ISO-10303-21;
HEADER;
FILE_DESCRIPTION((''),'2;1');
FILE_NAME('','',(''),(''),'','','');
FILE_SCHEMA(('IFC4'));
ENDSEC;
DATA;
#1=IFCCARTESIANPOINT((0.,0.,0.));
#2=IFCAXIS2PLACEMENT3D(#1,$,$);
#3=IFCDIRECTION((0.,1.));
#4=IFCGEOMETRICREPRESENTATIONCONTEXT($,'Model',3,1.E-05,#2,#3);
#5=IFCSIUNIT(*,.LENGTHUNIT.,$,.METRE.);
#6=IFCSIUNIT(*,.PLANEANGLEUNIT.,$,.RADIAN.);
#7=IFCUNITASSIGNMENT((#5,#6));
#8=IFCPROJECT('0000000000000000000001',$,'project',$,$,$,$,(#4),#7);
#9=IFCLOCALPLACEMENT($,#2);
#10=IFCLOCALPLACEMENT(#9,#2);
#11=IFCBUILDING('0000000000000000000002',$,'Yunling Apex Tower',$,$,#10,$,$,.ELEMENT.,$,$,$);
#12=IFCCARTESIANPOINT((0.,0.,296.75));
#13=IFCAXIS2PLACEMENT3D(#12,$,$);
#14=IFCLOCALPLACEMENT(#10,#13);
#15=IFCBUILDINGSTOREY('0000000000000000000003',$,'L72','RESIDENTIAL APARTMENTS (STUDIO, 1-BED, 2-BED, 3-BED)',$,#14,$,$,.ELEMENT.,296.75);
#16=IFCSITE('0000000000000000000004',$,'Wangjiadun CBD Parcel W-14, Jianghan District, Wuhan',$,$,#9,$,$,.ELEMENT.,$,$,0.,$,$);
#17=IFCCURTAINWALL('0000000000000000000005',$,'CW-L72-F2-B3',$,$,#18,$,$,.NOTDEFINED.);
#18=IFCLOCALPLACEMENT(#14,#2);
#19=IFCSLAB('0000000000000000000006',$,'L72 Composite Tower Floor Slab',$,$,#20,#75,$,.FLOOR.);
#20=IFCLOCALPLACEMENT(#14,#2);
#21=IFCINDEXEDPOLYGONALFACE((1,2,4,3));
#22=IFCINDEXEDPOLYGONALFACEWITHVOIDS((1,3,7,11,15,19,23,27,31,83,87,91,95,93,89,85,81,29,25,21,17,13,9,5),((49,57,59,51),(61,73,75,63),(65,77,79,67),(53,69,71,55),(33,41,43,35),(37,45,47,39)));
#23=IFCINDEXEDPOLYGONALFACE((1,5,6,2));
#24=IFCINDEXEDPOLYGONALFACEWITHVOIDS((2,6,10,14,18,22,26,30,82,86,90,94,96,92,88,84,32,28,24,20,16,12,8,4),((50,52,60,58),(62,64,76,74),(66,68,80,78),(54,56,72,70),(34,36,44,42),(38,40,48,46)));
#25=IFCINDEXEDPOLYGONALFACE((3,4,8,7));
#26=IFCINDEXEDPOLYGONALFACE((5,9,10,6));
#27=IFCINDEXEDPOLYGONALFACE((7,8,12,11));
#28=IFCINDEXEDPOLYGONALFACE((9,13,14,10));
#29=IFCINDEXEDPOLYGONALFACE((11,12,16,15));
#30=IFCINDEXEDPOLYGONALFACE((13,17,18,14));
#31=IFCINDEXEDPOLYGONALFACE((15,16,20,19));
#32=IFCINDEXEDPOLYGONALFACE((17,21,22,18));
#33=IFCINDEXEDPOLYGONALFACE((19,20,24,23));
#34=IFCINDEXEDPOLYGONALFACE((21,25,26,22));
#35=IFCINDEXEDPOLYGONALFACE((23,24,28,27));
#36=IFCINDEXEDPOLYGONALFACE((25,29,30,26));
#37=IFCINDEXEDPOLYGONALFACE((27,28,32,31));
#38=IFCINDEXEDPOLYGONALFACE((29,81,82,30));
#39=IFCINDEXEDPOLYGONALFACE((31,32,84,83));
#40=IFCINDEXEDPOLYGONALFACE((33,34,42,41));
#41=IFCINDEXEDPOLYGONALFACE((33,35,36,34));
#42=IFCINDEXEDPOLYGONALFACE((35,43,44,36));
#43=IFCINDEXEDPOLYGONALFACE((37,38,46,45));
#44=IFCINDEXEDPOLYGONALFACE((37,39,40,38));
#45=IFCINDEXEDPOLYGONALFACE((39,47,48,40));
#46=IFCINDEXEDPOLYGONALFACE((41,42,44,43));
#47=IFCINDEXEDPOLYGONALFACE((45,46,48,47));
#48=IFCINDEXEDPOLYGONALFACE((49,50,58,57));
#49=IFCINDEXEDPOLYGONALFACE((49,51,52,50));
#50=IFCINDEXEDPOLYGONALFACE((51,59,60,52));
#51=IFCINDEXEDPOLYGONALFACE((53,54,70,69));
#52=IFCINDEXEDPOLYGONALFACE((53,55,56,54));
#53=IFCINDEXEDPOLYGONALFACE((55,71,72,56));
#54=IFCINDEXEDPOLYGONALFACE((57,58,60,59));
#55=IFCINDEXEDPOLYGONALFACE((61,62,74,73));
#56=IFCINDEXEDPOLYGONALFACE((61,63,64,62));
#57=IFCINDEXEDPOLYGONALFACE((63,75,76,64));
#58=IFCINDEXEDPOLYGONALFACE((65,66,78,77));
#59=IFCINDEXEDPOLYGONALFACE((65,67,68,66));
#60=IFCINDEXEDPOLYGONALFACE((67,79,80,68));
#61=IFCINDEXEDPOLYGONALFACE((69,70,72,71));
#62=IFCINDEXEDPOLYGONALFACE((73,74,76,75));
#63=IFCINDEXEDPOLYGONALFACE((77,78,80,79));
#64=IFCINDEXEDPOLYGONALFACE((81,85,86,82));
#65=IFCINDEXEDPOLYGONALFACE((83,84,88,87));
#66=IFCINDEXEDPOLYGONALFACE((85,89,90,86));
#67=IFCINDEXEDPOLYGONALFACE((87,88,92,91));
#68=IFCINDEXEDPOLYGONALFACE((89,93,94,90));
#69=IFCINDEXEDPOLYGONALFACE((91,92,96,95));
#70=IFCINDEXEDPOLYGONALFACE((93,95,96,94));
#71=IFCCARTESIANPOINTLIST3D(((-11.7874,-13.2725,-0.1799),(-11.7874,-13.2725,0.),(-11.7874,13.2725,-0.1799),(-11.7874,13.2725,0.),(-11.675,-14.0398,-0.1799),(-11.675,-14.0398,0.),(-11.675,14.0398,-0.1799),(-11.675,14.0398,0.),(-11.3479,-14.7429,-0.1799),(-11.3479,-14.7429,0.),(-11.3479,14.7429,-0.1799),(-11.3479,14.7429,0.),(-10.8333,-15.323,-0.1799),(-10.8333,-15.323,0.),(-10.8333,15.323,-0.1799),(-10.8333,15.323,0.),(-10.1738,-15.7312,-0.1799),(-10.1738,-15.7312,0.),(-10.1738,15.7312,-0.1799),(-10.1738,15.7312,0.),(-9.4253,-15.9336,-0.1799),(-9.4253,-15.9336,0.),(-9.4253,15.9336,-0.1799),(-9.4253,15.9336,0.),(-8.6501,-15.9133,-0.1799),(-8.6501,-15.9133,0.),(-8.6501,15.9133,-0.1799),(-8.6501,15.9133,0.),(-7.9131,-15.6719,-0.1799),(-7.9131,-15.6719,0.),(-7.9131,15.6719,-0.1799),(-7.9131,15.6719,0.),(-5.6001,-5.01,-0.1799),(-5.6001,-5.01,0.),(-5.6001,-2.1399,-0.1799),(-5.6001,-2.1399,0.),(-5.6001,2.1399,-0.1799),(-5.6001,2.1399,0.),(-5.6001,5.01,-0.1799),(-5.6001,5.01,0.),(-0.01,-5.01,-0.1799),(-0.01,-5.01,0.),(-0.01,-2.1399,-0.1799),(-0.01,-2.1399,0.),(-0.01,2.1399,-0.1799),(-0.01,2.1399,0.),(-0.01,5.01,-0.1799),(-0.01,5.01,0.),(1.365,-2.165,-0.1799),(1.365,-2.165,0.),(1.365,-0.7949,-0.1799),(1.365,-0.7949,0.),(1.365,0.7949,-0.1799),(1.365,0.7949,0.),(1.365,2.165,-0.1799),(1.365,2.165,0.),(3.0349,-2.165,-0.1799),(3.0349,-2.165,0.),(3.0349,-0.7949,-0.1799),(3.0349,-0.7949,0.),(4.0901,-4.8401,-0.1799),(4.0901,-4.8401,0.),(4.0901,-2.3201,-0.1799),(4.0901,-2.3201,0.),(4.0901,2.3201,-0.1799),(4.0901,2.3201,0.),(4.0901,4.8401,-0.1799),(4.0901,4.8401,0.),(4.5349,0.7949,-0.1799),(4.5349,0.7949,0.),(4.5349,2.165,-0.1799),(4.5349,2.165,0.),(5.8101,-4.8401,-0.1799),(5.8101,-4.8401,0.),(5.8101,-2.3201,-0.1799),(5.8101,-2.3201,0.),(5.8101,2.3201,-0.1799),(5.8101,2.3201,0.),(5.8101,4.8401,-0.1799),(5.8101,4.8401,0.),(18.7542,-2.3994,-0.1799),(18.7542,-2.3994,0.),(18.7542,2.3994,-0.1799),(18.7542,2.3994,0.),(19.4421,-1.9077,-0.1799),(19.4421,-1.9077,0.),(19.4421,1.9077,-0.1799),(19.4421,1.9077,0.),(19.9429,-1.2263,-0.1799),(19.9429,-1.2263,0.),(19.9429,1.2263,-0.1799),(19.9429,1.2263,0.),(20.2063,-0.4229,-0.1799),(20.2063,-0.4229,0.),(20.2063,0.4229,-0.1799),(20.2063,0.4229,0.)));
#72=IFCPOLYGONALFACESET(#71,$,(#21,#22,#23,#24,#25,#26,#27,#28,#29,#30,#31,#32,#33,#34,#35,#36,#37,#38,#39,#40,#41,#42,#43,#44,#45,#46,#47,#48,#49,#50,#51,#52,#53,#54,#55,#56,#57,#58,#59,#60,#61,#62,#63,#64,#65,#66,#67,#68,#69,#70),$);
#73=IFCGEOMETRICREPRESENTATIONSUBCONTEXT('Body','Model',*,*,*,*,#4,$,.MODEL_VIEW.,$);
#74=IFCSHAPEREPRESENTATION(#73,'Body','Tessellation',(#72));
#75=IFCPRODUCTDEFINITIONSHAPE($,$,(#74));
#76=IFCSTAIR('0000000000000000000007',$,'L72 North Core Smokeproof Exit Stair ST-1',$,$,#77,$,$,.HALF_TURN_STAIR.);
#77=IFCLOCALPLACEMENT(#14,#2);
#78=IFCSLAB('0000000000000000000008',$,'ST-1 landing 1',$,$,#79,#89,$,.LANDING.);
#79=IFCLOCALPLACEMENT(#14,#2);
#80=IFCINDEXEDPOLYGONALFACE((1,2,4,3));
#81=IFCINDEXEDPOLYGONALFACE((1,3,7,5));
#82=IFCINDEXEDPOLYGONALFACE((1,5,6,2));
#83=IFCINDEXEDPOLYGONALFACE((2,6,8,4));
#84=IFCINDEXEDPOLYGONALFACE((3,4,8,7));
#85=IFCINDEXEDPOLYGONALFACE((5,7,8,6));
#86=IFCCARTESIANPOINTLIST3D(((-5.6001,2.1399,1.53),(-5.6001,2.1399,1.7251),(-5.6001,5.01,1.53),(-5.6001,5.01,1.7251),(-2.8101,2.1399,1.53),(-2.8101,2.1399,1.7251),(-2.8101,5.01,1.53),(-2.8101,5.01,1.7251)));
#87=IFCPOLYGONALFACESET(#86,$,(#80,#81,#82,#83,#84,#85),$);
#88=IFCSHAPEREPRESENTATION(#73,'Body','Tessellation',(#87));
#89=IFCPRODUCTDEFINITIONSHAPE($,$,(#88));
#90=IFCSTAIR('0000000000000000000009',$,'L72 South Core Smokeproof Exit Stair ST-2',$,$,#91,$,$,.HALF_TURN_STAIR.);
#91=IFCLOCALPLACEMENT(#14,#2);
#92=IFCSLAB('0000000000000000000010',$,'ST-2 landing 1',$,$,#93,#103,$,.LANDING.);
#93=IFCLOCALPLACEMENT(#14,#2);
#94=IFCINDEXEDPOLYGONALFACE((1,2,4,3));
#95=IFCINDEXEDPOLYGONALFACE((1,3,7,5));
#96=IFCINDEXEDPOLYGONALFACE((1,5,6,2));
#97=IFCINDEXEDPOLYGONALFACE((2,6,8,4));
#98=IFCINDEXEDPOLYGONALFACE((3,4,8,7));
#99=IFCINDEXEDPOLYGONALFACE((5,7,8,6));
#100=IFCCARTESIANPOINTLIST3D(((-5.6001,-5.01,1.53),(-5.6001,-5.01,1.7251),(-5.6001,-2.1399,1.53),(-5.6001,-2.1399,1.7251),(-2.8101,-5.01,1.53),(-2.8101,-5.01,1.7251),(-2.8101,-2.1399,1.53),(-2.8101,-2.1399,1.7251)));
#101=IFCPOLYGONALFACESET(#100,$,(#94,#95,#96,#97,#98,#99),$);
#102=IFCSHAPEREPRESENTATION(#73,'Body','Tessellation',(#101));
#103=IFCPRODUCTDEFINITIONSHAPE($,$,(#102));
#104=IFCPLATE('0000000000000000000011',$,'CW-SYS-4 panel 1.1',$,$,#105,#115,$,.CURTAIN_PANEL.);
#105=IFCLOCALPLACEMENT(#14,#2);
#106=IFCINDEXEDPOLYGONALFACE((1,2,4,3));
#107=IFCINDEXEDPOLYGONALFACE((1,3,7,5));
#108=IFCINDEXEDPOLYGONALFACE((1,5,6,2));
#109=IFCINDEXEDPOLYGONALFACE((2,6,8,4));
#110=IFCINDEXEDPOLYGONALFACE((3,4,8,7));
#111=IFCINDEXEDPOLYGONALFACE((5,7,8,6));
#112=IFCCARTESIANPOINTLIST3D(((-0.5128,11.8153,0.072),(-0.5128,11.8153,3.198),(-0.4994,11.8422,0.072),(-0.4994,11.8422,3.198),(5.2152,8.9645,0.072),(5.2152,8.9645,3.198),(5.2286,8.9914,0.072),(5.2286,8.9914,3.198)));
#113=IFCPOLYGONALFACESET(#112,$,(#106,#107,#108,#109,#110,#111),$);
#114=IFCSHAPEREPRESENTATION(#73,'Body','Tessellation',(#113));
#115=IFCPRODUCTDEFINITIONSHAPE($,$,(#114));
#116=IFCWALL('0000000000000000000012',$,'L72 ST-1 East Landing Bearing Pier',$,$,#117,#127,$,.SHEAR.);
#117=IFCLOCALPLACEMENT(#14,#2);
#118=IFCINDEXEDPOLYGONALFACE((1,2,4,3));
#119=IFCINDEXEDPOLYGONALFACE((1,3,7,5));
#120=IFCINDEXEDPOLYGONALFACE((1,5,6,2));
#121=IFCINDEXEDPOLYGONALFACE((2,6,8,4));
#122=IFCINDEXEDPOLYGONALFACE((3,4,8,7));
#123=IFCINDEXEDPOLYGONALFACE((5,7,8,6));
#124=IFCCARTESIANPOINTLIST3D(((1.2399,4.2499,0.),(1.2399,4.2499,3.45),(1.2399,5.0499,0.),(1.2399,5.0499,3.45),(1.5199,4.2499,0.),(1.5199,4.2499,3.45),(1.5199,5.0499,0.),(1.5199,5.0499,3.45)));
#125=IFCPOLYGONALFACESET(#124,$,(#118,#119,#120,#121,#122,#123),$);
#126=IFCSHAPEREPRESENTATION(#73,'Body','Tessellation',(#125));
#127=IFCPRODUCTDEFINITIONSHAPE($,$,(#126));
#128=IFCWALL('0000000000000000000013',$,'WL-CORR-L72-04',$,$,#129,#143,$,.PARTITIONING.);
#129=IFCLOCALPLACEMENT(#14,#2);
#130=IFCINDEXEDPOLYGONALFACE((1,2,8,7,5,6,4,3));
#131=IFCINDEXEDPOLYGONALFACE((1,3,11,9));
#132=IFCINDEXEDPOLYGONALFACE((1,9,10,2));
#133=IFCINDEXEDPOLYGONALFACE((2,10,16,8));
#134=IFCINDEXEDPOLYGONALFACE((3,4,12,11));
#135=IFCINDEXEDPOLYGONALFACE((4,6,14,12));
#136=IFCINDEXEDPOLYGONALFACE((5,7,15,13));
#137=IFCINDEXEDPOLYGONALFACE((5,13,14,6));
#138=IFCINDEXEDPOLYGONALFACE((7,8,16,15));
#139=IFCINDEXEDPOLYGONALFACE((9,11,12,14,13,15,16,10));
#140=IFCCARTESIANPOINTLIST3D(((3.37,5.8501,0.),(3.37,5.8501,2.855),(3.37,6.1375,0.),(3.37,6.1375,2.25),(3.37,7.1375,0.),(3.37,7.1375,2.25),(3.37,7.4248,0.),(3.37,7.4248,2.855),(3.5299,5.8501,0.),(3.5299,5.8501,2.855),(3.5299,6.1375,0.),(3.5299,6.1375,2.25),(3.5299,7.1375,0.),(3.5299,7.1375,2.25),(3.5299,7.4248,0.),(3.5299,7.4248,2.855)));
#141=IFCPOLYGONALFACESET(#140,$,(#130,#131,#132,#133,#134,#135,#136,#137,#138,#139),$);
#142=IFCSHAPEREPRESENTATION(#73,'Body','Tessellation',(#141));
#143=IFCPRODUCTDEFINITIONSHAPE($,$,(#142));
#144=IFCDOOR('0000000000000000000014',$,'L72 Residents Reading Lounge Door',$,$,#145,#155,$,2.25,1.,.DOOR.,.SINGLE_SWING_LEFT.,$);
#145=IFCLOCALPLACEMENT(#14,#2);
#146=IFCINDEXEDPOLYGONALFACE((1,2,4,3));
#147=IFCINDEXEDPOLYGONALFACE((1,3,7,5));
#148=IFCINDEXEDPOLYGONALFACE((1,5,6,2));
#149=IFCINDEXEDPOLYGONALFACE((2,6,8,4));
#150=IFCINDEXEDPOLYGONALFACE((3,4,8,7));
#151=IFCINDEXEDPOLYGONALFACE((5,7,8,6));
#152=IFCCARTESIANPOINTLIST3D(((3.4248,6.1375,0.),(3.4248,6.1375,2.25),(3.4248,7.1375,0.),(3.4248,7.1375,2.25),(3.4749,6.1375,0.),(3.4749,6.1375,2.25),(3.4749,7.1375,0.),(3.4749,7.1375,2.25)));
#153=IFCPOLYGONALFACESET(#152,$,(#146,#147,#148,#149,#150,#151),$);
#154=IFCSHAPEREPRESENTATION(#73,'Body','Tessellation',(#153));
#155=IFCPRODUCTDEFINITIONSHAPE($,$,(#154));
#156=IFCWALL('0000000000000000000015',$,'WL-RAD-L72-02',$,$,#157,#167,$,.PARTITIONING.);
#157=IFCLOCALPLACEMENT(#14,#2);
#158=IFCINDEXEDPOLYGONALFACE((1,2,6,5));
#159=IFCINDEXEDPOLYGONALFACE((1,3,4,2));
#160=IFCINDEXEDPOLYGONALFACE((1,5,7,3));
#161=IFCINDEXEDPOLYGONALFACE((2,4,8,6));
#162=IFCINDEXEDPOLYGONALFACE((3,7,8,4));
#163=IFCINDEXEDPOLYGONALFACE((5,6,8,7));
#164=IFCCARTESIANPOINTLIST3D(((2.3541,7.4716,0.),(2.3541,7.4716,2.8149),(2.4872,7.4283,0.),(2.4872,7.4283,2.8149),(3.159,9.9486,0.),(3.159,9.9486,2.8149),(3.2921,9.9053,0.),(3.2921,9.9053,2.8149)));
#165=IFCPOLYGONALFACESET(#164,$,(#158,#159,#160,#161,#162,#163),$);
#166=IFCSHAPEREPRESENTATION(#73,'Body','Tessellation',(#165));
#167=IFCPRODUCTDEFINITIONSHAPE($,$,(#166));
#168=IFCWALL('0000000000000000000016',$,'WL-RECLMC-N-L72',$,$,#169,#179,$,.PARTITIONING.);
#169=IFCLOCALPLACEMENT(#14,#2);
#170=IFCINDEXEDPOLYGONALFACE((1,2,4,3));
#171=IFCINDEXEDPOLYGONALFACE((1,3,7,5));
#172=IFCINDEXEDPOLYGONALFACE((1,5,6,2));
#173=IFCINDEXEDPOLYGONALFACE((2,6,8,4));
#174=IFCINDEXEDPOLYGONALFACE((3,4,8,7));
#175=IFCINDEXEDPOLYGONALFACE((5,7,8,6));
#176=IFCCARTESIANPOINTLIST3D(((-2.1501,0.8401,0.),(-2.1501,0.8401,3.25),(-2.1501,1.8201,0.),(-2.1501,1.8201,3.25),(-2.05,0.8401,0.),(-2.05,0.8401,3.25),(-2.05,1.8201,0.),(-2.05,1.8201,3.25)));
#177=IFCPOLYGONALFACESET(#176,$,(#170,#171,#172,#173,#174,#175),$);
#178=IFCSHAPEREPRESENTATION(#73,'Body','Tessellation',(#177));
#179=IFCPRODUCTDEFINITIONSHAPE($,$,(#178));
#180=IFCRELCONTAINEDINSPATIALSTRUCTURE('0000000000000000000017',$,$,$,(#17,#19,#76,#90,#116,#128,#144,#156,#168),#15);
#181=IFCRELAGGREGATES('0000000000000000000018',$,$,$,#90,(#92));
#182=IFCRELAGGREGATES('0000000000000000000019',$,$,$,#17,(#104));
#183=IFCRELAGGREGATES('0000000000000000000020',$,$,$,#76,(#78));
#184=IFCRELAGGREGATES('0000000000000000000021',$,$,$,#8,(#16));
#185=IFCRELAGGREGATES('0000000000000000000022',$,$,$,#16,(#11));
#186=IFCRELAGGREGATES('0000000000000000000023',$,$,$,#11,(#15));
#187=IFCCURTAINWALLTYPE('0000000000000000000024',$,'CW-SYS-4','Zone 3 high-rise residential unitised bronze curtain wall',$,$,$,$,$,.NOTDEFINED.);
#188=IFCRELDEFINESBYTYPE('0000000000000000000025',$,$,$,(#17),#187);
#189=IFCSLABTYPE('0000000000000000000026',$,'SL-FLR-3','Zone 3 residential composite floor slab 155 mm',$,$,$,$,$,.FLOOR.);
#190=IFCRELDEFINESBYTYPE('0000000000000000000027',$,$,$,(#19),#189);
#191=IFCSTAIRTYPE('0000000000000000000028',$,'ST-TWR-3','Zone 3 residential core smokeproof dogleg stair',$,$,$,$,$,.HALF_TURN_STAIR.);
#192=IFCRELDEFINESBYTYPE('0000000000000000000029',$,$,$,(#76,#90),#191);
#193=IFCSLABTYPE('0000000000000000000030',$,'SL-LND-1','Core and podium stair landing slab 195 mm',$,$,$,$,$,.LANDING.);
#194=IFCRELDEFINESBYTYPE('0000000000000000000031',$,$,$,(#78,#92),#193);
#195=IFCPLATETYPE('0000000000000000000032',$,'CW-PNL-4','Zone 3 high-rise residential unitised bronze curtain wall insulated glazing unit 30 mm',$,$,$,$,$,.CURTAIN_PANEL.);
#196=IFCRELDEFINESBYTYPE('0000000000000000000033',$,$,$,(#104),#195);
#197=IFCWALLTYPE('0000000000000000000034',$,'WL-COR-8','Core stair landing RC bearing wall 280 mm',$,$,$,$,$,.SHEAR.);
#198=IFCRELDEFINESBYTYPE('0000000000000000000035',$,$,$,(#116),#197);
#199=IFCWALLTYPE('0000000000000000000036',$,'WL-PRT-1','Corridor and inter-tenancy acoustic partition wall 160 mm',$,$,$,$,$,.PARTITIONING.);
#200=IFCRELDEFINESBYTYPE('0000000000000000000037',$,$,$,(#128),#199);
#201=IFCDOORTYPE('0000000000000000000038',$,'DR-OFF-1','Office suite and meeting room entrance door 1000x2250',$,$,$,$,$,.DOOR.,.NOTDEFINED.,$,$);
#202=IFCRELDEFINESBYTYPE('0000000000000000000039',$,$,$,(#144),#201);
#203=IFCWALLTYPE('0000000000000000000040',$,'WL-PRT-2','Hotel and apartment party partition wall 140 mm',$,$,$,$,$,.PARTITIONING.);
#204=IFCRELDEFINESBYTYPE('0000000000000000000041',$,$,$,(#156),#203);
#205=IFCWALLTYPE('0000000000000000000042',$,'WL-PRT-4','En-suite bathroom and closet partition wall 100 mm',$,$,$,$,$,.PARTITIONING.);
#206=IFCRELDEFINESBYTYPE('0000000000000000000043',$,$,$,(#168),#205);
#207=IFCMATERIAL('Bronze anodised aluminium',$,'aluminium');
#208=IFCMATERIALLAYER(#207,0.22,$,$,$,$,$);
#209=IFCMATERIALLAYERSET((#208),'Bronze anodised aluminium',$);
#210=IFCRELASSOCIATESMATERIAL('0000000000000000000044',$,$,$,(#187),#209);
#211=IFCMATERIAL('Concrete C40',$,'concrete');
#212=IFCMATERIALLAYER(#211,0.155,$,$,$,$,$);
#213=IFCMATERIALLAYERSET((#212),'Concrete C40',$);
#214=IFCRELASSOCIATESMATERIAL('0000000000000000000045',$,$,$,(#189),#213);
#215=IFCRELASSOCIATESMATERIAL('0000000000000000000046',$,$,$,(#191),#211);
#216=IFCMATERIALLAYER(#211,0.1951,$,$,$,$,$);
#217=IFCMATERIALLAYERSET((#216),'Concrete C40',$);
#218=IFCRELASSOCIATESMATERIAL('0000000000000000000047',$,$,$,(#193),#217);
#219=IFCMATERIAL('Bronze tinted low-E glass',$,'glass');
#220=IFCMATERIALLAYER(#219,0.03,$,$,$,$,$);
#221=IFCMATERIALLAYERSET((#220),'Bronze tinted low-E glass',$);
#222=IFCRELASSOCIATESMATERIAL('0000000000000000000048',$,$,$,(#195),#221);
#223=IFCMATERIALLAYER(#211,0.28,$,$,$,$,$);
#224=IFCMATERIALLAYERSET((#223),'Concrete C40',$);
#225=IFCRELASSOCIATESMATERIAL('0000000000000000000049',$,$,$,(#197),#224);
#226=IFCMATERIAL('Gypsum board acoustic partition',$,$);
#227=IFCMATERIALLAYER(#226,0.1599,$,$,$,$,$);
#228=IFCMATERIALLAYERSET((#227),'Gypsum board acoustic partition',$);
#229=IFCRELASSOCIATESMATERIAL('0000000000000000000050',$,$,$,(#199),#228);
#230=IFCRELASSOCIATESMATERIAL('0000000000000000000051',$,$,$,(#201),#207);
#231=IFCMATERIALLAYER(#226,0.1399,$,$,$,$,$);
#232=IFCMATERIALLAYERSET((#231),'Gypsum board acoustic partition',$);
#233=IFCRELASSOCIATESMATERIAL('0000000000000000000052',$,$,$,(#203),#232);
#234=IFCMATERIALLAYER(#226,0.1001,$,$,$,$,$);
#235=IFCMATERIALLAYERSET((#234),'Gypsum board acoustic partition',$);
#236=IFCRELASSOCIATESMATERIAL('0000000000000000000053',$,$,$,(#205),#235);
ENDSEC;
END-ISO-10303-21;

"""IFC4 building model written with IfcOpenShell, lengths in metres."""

from ifc_helpers import new_model, si_unit, direction, frame, frame_2d, origin, origin_2d, place, context, subcontext, project, spatial, polyline, rectangle, outline, extrude, source, transform, mapped, material, layer, layer_set, type_object, element, fill, aggregate, save


model = new_model("IFC4")

# Units and contexts
model_context = context("Model", 3, precision=1e-05, world=origin(), true_north=direction((0.0, 1.0)))
body_context = subcontext(model_context, "Body", "Model", "MODEL_VIEW")
ifc_project = project(units=[si_unit("LENGTHUNIT", "METRE"), si_unit("PLANEANGLEUNIT", "RADIAN")], contexts=[model_context])

# Site, building, storey
site_placement = place(None, origin())
site = spatial("IfcSite", under=ifc_project, at=site_placement, Name="Wangjiadun CBD Parcel W-14, Jianghan District, Wuhan", CompositionType="ELEMENT", RefElevation=0.0)
building_placement = place(site_placement, origin())
building = spatial("IfcBuilding", under=site, at=building_placement, Name="Yunling Apex Tower", CompositionType="ELEMENT")
storey_placement = place(building_placement, frame((0.0, 0.0, 296.75)))
storey = spatial("IfcBuildingStorey", under=building, at=storey_placement, Name="L72", Description="RESIDENTIAL APARTMENTS (STUDIO, 1-BED, 2-BED, 3-BED)", CompositionType="ELEMENT", Elevation=296.75)

# Shared definitions
ifc_material_1 = material(Name="Bronze anodised aluminium", Category="aluminium")
ifc_layer_1 = layer(ifc_material_1, 0.22)
ifc_layer_set_1 = layer_set([ifc_layer_1], Name="Bronze anodised aluminium")
curtain_wall_type = type_object("IfcCurtainWallType", Name="CW-SYS-4", Description="Zone 3 high-rise residential unitised bronze curtain wall", PredefinedType="NOTDEFINED", material=ifc_layer_set_1)

# Curtain wall
curtain_wall_1_placement = place(storey_placement, origin())
curtain_wall_1 = element("IfcCurtainWall", 1, at=curtain_wall_1_placement, inside=storey, type_object=curtain_wall_type, Name="CW-L72-F2-B3", PredefinedType="NOTDEFINED")

# Slab
ifc_material_2 = material(Name="Concrete C40", Category="concrete")
ifc_layer_2 = layer(ifc_material_2, 0.155)
ifc_layer_set_2 = layer_set([ifc_layer_2], Name="Concrete C40")
slab_type_1 = type_object("IfcSlabType", Name="SL-FLR-3", Description="Zone 3 residential composite floor slab 155 mm", PredefinedType="FLOOR", material=ifc_layer_set_2)
slab_1_placement = place(storey_placement, frame((0.0, 0.0, -0.1799)))
element("IfcSlab", 2, at=slab_1_placement, inside=storey, type_object=slab_type_1, Name="L72 Composite Tower Floor Slab", PredefinedType="FLOOR", context=body_context, shape_type="SweptSolid", body=[
    extrude(outline(polyline([(-11.7874, -13.2725), (-11.675, -14.0398), (-11.3479, -14.7429), (-10.8333, -15.323), (-10.1738, -15.7312), (-9.4253, -15.9336), (-8.6501, -15.9133), (-7.9131, -15.6719), (18.7542, -2.3994), (19.4421, -1.9077), (19.9429, -1.2263), (20.2063, -0.4229), (20.2063, 0.4229), (19.9429, 1.2263), (19.4421, 1.9077), (18.7542, 2.3994), (-7.9131, 15.6719), (-8.6501, 15.9133), (-9.4253, 15.9336), (-10.1738, 15.7312), (-10.8333, 15.323), (-11.3479, 14.7429), (-11.675, 14.0398), (-11.7874, 13.2725), (-11.7874, -13.2725)]), holes=[polyline([(4.0901, 4.8401), (5.8101, 4.8401), (5.8101, 2.3201), (4.0901, 2.3201), (4.0901, 4.8401)]), polyline([(4.0901, -4.8401), (4.0901, -2.3201), (5.8101, -2.3201), (5.8101, -4.8401), (4.0901, -4.8401)]), polyline([(4.5349, 0.7949), (1.365, 0.7949), (1.365, 2.165), (4.5349, 2.165), (4.5349, 0.7949)]), polyline([(1.365, -0.7949), (3.0349, -0.7949), (3.0349, -2.165), (1.365, -2.165), (1.365, -0.7949)]), polyline([(-0.01, -5.01), (-5.6001, -5.01), (-5.6001, -2.1399), (-0.01, -2.1399), (-0.01, -5.01)]), polyline([(-0.01, 2.1399), (-5.6001, 2.1399), (-5.6001, 5.01), (-0.01, 5.01), (-0.01, 2.1399)])]), origin(), (0.0, 0.0, 1.0), 0.1799),
])

# Stairs, slabs
stair_type = type_object("IfcStairType", Name="ST-TWR-3", Description="Zone 3 residential core smokeproof dogleg stair", PredefinedType="HALF_TURN_STAIR", material=ifc_material_2)
stair_1_placement = place(storey_placement, origin())
stair_1 = element("IfcStair", 3, at=stair_1_placement, inside=storey, type_object=stair_type, Name="L72 North Core Smokeproof Exit Stair ST-1", PredefinedType="HALF_TURN_STAIR")
ifc_layer_3 = layer(ifc_material_2, 0.1951)
ifc_layer_set_3 = layer_set([ifc_layer_3], Name="Concrete C40")
slab_type_2 = type_object("IfcSlabType", Name="SL-LND-1", Description="Core and podium stair landing slab 195 mm", PredefinedType="LANDING", material=ifc_layer_set_3)
slab_2_placement = place(storey_placement, frame((0.0, 0.0, 1.53)))
slab_2 = element("IfcSlab", 4, at=slab_2_placement, type_object=slab_type_2, Name="ST-1 landing 1", PredefinedType="LANDING", context=body_context, shape_type="SweptSolid", body=[
    extrude(outline(polyline([(-2.8101, 5.01), (-5.6001, 5.01), (-5.6001, 2.1399), (-2.8101, 2.1399), (-2.8101, 5.01)])), origin(), (0.0, 0.0, 1.0), 0.1951),
])
stair_2_placement = place(storey_placement, origin())
stair_2 = element("IfcStair", 5, at=stair_2_placement, inside=storey, type_object=stair_type, Name="L72 South Core Smokeproof Exit Stair ST-2", PredefinedType="HALF_TURN_STAIR")
slab_3_placement = place(storey_placement, frame((0.0, 0.0, 1.53)))
slab_3 = element("IfcSlab", 6, at=slab_3_placement, type_object=slab_type_2, Name="ST-2 landing 1", PredefinedType="LANDING", context=body_context, shape_type="SweptSolid", body=[
    extrude(outline(polyline([(-2.8101, -2.1399), (-5.6001, -2.1399), (-5.6001, -5.01), (-2.8101, -5.01), (-2.8101, -2.1399)])), origin(), (0.0, 0.0, 1.0), 0.1951),
])
aggregate(stair_2, [slab_3])

# Plate
ifc_material_3 = material(Name="Bronze tinted low-E glass", Category="glass")
ifc_layer_4 = layer(ifc_material_3, 0.03)
ifc_layer_set_4 = layer_set([ifc_layer_4], Name="Bronze tinted low-E glass")
plate_type = type_object("IfcPlateType", Name="CW-PNL-4", Description="Zone 3 high-rise residential unitised bronze curtain wall insulated glazing unit 30 mm", PredefinedType="CURTAIN_PANEL", material=ifc_layer_set_4)
shared_shape_1 = source(origin(), body_context, "Body", "SweptSolid", [
    extrude(rectangle(XDim=6.3982, YDim=0.03, at=origin_2d()), origin(), (0.0, 0.0, 1.0), 3.126),
])
plate_placement = place(storey_placement, frame((2.3579, 10.4033, 0.072), z_axis=(0.0, 0.0, 1.0), x_axis=(-0.895251, 0.445562, 0.0)))
plate = element("IfcPlate", 7, at=plate_placement, type_object=plate_type, Name="CW-SYS-4 panel 1.1", PredefinedType="CURTAIN_PANEL", context=body_context, shape_type="MappedRepresentation", body=[
    mapped(shared_shape_1, transform((0.0, 0.0, 0.0), scale=1.0)),
])
aggregate(curtain_wall_1, [plate])

# Wall
ifc_layer_5 = layer(ifc_material_2, 0.28)
ifc_layer_set_5 = layer_set([ifc_layer_5], Name="Concrete C40")
wall_type_1 = type_object("IfcWallType", Name="WL-COR-8", Description="Core stair landing RC bearing wall 280 mm", PredefinedType="SHEAR", material=ifc_layer_set_5)
wall_1_placement = place(storey_placement, frame((1.3799, 4.25, 0.0), z_axis=(0.0, 0.0, 1.0), x_axis=(0.0, 1.0, 0.0)))
element("IfcWall", 8, at=wall_1_placement, inside=storey, type_object=wall_type_1, Name="L72 ST-1 East Landing Bearing Pier", PredefinedType="SHEAR", context=body_context, shape_type="SweptSolid", body=[
    extrude(rectangle(XDim=0.8, YDim=0.28, at=frame_2d((0.3999, 0.0))), origin(), (0.0, 0.0, 1.0), 3.45),
])

# Wall, opening, door
ifc_material_4 = material(Name="Gypsum board acoustic partition")
ifc_layer_6 = layer(ifc_material_4, 0.1599)
ifc_layer_set_6 = layer_set([ifc_layer_6], Name="Gypsum board acoustic partition")
wall_type_2 = type_object("IfcWallType", Name="WL-PRT-1", Description="Corridor and inter-tenancy acoustic partition wall 160 mm", PredefinedType="PARTITIONING", material=ifc_layer_set_6)
wall_2_placement = place(storey_placement, frame((3.45, 7.4248, 0.0), z_axis=(0.0, 0.0, 1.0), x_axis=(0.0, -1.0, 0.0)))
wall_2 = element("IfcWall", 9, at=wall_2_placement, inside=storey, type_object=wall_type_2, Name="WL-CORR-L72-04", PredefinedType="PARTITIONING", context=body_context, shape_type="SweptSolid", body=[
    extrude(rectangle(XDim=1.5747, YDim=0.1599, at=frame_2d((0.7874, 0.0))), origin(), (0.0, 0.0, 1.0), 2.855),
])
opening_1_placement = place(wall_2_placement, frame((0.2874, 0.0, 0.0)))
opening_1 = element("IfcOpeningElement", 10, at=opening_1_placement, cuts=wall_2, PredefinedType="OPENING", context=body_context, shape_type="SweptSolid", body=[
    extrude(rectangle(XDim=1.0, YDim=2.25, at=frame_2d((0.5, 1.125))), frame((0.0, 0.0898, 0.0), z_axis=(0.0, -1.0, 0.0), x_axis=(1.0, 0.0, 0.0)), (0.0, 0.0, 1.0), 0.1799),
])
door_type_1 = type_object("IfcDoorType", Name="DR-OFF-1", Description="Office suite and meeting room entrance door 1000x2250", OperationType="NOTDEFINED", PredefinedType="DOOR", material=ifc_material_1)
door_1_placement = place(opening_1_placement, origin())
door_1 = element("IfcDoor", 11, at=door_1_placement, inside=storey, type_object=door_type_1, Name="L72 Residents Reading Lounge Door", OperationType="SINGLE_SWING_LEFT", OverallHeight=2.25, OverallWidth=1.0, PredefinedType="DOOR", context=body_context, shape_type="SweptSolid", body=[
    extrude(rectangle(XDim=1.0, YDim=2.25, at=frame_2d((0.5, 1.125))), frame((0.0, 0.0249, 0.0), z_axis=(0.0, -1.0, 0.0), x_axis=(1.0, 0.0, 0.0)), (0.0, 0.0, 1.0), 0.05),
])
fill(opening_1, door_1)

# Walls
ifc_layer_7 = layer(ifc_material_4, 0.1399)
ifc_layer_set_7 = layer_set([ifc_layer_7], Name="Gypsum board acoustic partition")
wall_type_3 = type_object("IfcWallType", Name="WL-PRT-2", Description="Hotel and apartment party partition wall 140 mm", PredefinedType="PARTITIONING", material=ifc_layer_set_7)
wall_3_placement = place(storey_placement, frame((2.4207, 7.45, 0.0), z_axis=(0.0, 0.0, 1.0), x_axis=(0.309048, 0.951046, 0.0)))
element("IfcWall", 12, at=wall_3_placement, inside=storey, type_object=wall_type_3, Name="WL-RAD-L72-02", PredefinedType="PARTITIONING", context=body_context, shape_type="SweptSolid", body=[
    extrude(rectangle(XDim=2.6045, YDim=0.1399, at=frame_2d((1.3022, 0.0))), origin(), (0.0, 0.0, 1.0), 2.8149),
])
ifc_layer_8 = layer(ifc_material_4, 0.1001)
ifc_layer_set_8 = layer_set([ifc_layer_8], Name="Gypsum board acoustic partition")
wall_type_4 = type_object("IfcWallType", Name="WL-PRT-4", Description="En-suite bathroom and closet partition wall 100 mm", PredefinedType="PARTITIONING", material=ifc_layer_set_8)
wall_4_placement = place(storey_placement, frame((-2.1001, 0.8401, 0.0), z_axis=(0.0, 0.0, 1.0), x_axis=(0.0, 1.0, 0.0)))
element("IfcWall", 13, at=wall_4_placement, inside=storey, type_object=wall_type_4, Name="WL-RECLMC-N-L72", PredefinedType="PARTITIONING", context=body_context, shape_type="SweptSolid", body=[
    extrude(rectangle(XDim=0.98, YDim=0.1001, at=frame_2d((0.49, 0.0))), origin(), (0.0, 0.0, 1.0), 3.25),
])

aggregate(stair_1, [slab_2])

save(model, "model.ifc")
